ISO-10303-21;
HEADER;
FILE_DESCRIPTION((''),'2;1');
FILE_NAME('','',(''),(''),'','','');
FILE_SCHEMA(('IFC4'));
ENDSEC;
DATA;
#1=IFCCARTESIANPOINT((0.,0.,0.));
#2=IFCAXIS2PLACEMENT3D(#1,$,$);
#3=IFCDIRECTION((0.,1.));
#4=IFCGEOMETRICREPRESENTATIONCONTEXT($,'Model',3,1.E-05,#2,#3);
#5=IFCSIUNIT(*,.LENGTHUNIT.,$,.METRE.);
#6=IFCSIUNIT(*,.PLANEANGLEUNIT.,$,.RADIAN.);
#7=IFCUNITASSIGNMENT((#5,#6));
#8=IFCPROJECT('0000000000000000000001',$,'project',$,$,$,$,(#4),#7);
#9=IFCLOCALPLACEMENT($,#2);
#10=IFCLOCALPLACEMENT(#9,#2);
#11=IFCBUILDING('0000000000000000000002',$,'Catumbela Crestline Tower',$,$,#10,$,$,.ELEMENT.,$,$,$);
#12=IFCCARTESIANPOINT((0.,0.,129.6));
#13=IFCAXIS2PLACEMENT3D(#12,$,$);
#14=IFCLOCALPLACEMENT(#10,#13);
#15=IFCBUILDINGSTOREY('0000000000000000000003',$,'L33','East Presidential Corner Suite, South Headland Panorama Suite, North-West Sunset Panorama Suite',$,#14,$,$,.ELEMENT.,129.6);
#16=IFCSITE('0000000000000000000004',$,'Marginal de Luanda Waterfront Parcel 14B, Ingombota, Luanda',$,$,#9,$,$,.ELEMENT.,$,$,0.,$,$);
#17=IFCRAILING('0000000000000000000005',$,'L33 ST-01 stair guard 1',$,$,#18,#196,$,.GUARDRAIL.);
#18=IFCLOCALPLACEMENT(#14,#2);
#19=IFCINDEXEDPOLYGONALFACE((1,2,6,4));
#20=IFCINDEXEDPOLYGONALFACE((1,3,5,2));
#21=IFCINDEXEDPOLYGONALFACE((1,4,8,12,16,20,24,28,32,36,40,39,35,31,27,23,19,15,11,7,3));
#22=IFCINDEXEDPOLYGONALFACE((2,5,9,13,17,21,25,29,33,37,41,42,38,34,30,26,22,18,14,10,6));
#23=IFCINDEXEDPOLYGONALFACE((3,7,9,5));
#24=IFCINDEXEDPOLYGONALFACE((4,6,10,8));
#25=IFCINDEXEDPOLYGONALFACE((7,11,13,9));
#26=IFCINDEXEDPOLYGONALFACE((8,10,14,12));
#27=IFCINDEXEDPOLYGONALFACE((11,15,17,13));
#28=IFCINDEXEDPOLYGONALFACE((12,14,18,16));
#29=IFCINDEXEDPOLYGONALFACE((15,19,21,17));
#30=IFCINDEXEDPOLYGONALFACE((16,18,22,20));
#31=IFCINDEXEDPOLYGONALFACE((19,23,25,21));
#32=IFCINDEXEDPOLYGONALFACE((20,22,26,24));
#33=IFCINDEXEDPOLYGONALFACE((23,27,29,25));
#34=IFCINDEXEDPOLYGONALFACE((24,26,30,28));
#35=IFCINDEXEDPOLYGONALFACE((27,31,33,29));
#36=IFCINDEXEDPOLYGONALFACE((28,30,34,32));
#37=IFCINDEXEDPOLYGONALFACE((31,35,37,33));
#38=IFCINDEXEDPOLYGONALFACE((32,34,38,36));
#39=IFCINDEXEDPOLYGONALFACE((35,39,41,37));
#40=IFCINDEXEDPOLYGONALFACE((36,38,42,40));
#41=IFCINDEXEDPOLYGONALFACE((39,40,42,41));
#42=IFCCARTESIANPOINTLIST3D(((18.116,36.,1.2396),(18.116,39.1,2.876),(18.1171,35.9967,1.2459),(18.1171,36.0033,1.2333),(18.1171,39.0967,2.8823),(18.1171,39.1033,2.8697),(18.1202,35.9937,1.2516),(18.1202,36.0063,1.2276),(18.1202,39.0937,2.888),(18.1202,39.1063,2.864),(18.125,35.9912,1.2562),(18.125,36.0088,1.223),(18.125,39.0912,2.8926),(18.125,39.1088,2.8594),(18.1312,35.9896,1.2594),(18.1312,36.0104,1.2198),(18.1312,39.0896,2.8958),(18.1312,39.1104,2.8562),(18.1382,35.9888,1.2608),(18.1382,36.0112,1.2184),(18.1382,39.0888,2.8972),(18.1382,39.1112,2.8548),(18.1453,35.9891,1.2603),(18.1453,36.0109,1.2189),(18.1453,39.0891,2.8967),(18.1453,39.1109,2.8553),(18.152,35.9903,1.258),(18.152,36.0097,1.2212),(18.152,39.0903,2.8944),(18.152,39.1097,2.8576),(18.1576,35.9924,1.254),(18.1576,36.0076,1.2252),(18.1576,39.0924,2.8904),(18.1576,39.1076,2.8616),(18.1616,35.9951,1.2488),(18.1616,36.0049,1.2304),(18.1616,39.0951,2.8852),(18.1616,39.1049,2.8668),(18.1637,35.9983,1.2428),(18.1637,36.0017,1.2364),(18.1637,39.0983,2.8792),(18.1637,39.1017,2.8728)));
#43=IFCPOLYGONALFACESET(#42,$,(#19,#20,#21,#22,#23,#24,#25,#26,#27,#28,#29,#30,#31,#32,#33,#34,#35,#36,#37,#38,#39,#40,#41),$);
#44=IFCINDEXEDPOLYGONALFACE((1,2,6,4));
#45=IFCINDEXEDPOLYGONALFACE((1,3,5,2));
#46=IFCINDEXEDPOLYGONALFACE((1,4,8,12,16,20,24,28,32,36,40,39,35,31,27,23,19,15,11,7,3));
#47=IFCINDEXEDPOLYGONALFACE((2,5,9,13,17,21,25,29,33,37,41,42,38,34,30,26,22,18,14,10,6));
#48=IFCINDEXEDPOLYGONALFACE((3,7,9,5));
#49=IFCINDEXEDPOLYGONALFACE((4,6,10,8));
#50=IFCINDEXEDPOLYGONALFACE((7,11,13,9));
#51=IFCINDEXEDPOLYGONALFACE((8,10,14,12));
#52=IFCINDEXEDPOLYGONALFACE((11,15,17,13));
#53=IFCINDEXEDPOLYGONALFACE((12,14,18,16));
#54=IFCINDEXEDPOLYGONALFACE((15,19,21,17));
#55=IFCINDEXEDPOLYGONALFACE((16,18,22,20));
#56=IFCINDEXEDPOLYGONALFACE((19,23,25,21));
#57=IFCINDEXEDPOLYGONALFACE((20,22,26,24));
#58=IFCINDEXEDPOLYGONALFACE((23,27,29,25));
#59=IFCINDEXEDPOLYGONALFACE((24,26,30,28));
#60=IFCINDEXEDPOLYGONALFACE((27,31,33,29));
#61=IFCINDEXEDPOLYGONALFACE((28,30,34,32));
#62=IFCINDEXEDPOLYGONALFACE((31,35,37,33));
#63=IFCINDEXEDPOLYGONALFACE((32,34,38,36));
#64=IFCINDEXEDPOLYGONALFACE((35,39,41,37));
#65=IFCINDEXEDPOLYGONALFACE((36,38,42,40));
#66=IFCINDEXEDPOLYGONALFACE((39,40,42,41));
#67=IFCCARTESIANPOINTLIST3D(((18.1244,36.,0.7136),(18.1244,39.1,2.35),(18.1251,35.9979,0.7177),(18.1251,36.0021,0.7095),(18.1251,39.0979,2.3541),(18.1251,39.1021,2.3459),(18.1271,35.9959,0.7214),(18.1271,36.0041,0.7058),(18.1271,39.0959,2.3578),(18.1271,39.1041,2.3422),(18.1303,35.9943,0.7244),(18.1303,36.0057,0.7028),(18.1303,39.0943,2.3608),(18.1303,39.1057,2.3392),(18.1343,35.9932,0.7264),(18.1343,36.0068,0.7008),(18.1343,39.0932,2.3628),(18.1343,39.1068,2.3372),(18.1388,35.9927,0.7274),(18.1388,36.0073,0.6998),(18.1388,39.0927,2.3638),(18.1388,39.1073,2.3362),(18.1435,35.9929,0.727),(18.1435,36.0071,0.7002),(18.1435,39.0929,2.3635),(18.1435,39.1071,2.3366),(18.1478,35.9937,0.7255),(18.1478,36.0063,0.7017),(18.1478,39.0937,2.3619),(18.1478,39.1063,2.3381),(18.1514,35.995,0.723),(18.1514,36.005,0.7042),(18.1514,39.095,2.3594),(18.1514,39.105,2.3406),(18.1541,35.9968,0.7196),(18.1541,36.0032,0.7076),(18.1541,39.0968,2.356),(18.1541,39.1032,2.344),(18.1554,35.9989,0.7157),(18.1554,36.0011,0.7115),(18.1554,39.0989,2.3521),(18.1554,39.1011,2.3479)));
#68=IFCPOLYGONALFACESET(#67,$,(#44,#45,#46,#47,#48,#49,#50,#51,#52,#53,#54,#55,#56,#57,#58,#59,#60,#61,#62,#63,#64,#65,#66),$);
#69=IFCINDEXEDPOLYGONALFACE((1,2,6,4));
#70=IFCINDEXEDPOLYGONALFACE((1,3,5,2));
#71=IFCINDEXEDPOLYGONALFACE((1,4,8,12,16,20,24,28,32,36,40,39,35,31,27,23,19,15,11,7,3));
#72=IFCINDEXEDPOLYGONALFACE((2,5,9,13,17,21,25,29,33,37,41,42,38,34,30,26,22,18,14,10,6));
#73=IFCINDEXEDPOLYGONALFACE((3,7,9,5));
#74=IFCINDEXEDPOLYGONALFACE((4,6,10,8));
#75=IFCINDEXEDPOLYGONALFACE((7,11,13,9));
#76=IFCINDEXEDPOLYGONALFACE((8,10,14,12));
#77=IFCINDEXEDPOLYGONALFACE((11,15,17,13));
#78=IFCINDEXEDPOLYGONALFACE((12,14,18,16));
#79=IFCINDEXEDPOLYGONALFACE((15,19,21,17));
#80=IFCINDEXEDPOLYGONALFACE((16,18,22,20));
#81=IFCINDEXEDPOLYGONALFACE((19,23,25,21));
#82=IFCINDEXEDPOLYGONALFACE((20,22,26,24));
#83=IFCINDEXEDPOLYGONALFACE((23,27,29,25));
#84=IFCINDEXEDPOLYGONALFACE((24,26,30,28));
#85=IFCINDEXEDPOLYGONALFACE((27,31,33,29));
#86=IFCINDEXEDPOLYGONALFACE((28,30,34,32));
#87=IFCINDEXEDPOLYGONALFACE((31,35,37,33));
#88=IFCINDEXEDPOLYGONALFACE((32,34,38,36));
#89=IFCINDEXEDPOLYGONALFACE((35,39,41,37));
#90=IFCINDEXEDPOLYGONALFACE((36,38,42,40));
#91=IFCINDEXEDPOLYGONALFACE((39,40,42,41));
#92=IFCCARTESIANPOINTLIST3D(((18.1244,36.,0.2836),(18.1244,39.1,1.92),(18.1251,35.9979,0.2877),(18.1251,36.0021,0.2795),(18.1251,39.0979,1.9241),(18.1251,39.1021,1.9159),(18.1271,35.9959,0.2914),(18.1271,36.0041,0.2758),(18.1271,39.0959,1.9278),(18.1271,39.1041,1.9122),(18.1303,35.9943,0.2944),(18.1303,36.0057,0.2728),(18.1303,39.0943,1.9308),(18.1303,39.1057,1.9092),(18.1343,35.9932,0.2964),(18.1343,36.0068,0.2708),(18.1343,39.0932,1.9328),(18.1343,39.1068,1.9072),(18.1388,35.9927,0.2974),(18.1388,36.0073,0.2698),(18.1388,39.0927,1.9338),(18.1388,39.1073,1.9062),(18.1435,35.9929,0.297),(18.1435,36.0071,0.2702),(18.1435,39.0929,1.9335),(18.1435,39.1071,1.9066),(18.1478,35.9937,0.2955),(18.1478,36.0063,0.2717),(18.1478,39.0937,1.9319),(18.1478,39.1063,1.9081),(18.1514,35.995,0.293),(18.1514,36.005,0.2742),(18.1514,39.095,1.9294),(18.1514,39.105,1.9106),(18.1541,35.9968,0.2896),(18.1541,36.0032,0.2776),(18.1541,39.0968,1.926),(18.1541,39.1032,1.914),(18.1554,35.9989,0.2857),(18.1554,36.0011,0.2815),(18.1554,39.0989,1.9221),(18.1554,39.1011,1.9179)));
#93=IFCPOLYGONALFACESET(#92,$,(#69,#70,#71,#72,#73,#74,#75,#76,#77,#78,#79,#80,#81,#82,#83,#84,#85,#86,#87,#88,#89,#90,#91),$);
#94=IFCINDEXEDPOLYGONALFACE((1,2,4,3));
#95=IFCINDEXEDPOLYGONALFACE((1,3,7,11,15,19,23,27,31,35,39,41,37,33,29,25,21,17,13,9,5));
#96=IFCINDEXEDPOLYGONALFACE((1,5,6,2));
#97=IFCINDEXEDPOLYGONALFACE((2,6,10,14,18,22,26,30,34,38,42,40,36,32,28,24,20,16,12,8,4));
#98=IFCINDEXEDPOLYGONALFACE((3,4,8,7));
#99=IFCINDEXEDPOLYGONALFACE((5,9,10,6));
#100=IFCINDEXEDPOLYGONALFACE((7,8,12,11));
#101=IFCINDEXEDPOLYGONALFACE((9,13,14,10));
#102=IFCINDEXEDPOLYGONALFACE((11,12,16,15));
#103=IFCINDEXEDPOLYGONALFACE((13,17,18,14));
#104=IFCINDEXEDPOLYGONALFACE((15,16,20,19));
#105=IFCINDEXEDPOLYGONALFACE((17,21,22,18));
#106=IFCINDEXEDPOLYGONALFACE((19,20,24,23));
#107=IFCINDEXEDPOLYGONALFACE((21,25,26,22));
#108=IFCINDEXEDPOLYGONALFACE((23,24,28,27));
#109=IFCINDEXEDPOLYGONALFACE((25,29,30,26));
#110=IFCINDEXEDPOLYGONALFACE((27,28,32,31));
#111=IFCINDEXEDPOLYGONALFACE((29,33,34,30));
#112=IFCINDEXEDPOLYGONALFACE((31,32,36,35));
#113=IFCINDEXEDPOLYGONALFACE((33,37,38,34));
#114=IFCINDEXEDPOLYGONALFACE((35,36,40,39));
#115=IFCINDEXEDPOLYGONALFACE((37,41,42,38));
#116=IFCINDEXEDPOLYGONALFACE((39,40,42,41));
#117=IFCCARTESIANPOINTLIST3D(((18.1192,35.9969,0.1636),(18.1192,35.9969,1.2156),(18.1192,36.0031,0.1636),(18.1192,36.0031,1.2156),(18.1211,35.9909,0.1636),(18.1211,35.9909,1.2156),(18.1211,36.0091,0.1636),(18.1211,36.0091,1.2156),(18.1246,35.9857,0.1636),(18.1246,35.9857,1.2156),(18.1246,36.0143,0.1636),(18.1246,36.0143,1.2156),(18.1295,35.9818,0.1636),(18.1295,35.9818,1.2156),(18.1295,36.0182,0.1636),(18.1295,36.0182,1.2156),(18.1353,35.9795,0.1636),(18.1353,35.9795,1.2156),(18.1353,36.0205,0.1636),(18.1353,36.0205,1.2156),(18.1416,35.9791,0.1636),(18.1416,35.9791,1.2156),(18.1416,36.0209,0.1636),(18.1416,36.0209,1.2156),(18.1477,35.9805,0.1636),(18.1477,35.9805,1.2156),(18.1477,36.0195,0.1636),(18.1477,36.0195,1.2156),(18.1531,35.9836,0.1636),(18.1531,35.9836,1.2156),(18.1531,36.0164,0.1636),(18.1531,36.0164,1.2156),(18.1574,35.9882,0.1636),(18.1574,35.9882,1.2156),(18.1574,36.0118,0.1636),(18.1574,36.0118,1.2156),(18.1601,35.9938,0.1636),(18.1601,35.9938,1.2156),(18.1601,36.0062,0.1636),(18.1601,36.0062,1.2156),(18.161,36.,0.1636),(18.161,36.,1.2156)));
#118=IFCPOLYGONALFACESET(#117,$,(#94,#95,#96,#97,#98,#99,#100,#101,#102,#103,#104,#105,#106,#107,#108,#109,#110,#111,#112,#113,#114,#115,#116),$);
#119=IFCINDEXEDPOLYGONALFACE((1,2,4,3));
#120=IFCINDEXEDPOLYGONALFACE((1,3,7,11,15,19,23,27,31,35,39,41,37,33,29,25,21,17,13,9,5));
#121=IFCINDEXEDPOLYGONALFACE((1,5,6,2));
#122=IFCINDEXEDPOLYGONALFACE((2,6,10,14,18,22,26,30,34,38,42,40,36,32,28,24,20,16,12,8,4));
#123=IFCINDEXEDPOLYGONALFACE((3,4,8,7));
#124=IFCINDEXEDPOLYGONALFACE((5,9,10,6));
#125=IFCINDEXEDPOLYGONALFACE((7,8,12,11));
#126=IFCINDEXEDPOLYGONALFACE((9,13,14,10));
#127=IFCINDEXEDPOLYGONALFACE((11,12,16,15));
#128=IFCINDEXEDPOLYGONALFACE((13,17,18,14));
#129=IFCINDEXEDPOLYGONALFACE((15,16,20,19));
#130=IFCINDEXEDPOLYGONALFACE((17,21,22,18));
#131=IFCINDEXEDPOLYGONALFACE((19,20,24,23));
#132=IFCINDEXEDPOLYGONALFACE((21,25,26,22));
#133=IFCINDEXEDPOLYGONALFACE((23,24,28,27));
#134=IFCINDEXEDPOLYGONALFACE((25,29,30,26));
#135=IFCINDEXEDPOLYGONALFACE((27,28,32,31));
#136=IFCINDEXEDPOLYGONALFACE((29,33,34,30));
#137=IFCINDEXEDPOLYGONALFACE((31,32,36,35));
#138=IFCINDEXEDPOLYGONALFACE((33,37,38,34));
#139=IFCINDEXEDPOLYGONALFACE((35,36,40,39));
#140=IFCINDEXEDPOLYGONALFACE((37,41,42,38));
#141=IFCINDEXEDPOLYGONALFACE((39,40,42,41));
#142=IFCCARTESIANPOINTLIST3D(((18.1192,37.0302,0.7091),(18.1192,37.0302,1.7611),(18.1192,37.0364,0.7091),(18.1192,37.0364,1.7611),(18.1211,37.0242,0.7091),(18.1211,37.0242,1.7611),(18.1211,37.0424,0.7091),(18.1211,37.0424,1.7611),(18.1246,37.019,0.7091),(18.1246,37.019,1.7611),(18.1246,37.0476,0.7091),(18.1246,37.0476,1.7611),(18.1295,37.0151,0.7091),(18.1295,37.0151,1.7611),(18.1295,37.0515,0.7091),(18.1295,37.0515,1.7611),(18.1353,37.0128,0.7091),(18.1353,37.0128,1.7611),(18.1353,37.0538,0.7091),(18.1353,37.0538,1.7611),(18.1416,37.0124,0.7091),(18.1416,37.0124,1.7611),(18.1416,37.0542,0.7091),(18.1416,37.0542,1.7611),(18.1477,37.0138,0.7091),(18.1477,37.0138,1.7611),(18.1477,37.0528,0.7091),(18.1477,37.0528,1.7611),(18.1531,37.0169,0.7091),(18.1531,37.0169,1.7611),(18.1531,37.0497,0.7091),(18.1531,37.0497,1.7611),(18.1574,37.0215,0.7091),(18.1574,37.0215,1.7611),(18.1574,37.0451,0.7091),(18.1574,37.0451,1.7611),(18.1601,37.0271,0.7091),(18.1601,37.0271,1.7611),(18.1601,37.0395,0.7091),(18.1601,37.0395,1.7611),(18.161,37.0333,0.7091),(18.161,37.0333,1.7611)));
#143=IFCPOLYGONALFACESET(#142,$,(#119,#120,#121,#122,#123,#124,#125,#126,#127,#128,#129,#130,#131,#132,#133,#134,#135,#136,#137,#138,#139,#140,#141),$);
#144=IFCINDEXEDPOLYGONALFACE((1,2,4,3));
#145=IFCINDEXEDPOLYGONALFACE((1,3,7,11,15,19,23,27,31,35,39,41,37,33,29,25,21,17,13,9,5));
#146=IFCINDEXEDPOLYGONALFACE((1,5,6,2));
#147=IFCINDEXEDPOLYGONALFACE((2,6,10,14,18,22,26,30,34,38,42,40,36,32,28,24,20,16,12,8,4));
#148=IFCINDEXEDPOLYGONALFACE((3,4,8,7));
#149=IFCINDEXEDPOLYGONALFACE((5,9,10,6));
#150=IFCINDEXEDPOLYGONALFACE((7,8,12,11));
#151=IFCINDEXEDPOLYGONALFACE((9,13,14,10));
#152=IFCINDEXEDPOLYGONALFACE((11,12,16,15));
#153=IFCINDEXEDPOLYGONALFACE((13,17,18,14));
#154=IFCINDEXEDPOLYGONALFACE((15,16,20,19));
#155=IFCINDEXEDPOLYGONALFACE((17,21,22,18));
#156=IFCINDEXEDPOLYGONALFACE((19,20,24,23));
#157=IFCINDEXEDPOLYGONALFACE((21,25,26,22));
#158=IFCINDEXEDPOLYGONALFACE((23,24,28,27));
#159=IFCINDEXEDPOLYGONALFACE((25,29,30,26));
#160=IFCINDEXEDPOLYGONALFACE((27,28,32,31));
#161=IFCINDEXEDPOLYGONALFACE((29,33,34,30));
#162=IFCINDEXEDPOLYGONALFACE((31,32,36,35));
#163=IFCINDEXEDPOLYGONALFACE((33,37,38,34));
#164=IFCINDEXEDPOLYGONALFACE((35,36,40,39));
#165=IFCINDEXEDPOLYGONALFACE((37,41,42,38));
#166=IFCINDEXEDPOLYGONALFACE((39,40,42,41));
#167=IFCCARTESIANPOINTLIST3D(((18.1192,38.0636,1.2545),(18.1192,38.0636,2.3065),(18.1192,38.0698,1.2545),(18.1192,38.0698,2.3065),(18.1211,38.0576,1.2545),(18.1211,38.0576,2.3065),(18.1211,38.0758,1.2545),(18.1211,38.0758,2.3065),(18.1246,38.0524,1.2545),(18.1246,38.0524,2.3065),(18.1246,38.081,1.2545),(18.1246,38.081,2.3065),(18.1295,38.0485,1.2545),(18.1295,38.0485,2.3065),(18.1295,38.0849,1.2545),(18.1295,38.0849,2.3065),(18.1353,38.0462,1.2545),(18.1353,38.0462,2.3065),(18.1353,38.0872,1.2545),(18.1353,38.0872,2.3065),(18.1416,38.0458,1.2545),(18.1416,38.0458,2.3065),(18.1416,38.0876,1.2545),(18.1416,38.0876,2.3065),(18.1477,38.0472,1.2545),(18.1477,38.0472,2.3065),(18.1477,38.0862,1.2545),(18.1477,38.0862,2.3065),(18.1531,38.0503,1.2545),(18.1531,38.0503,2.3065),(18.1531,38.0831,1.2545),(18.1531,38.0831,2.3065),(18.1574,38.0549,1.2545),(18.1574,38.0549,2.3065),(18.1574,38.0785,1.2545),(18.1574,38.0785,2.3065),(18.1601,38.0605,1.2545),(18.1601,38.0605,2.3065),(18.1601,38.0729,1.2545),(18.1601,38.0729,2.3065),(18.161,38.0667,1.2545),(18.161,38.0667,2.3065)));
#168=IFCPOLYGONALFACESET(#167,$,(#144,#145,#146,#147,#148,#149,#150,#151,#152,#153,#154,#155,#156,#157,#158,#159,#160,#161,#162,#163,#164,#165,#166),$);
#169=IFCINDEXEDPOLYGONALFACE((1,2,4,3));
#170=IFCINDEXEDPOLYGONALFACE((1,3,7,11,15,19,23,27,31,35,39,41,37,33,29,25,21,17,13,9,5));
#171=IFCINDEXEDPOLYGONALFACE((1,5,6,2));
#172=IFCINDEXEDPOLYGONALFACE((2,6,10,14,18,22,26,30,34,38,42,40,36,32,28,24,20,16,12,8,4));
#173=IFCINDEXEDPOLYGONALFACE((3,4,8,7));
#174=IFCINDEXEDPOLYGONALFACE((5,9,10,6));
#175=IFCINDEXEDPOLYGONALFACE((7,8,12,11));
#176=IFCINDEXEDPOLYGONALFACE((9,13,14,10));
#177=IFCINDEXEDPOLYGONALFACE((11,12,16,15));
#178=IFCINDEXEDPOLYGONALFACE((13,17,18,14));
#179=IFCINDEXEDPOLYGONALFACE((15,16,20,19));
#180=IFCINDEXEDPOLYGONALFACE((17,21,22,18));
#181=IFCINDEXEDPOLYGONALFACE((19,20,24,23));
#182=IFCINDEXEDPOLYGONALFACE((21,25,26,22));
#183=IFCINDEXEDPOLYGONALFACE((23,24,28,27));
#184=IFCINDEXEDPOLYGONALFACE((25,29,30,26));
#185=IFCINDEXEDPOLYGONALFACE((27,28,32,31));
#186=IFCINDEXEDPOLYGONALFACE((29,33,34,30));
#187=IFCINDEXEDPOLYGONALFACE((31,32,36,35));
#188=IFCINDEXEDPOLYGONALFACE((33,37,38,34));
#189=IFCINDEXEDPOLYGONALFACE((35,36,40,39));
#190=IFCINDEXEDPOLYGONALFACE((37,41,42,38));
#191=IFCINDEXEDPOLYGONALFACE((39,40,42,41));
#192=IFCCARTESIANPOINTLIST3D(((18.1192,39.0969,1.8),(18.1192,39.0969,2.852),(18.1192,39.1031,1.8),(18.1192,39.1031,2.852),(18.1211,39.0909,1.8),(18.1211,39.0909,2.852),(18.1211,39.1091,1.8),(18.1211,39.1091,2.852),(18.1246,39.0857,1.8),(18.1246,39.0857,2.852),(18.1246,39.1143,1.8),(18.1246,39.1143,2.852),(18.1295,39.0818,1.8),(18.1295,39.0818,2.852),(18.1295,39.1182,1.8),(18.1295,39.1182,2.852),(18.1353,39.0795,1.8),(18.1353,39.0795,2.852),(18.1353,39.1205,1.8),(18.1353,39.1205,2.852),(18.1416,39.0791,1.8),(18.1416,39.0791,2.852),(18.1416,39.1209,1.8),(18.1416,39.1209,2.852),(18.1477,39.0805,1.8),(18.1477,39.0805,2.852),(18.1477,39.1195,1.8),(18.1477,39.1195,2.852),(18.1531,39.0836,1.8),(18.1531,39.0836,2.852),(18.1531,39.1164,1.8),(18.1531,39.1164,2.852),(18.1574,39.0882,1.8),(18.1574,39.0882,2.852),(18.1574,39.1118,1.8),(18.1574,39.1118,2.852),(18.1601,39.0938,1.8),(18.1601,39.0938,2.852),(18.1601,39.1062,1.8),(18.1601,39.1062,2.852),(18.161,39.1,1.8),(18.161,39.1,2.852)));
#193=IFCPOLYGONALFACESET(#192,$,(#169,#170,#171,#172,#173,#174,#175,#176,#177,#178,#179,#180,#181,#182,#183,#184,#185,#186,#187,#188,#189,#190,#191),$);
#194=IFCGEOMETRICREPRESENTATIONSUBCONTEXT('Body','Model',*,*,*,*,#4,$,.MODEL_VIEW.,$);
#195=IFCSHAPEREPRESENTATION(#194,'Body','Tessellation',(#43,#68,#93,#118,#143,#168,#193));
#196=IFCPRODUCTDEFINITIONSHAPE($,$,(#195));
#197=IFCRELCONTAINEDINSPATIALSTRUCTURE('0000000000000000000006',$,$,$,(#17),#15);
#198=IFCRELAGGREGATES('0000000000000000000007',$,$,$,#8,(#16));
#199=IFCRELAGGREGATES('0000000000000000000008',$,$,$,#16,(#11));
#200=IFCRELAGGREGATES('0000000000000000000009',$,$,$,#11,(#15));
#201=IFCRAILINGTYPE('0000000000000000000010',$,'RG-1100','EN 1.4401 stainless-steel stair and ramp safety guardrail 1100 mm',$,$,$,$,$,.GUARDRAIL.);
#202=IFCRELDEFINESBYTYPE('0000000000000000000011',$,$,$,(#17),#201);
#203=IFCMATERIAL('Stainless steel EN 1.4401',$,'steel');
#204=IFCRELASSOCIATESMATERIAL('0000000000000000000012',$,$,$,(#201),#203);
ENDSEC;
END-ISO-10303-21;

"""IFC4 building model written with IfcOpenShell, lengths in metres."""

from ifc_helpers import new_model, si_unit, direction, frame, origin, origin_2d, place, context, subcontext, project, spatial, circle, extrude, material, type_object, element, save


model = new_model("IFC4")

# Units and contexts
model_context = context("Model", 3, precision=1e-05, world=origin(), true_north=direction((0.0, 1.0)))
body_context = subcontext(model_context, "Body", "Model", "MODEL_VIEW")
ifc_project = project(units=[si_unit("LENGTHUNIT", "METRE"), si_unit("PLANEANGLEUNIT", "RADIAN")], contexts=[model_context])

# Site, building, storey
site_placement = place(None, origin())
site = spatial("IfcSite", under=ifc_project, at=site_placement, Name="Marginal de Luanda Waterfront Parcel 14B, Ingombota, Luanda", CompositionType="ELEMENT", RefElevation=0.0)
building_placement = place(site_placement, origin())
building = spatial("IfcBuilding", under=site, at=building_placement, Name="Catumbela Crestline Tower", CompositionType="ELEMENT")
storey_placement = place(building_placement, frame((0.0, 0.0, 129.6)))
storey = spatial("IfcBuildingStorey", under=building, at=storey_placement, Name="L33", Description="East Presidential Corner Suite, South Headland Panorama Suite, North-West Sunset Panorama Suite", CompositionType="ELEMENT", Elevation=129.6)

# Shared definitions
ifc_material_1 = material(Name="Stainless steel EN 1.4401", Category="steel")

# Railing
railing_type_1 = type_object("IfcRailingType", Name="RG-1100", Description="EN 1.4401 stainless-steel stair and ramp safety guardrail 1100 mm", PredefinedType="GUARDRAIL", material=ifc_material_1)
railing_1_placement = place(storey_placement, frame((18.14, 36.0, 0.1636)))
element("IfcRailing", 1, at=railing_1_placement, inside=storey, type_object=railing_type_1, Name="L33 ST-01 stair guard 1", PredefinedType="GUARDRAIL", context=body_context, shape_type="SweptSolid", body=[
    extrude(circle(Radius=0.024, at=origin_2d()), frame((0.0, 0.0, 1.076), z_axis=(0.0, 0.884351, 0.466823), x_axis=(-1.0, 0.0, 0.0)), (0.0, 0.0, 1.0), 3.5054),
    extrude(circle(Radius=0.0156, at=origin_2d()), frame((0.0, 0.0, 0.55), z_axis=(0.0, 0.884351, 0.466823), x_axis=(-1.0, 0.0, 0.0)), (0.0, 0.0, 1.0), 3.5054),
    extrude(circle(Radius=0.0156, at=origin_2d()), frame((0.0, 0.0, 0.12), z_axis=(0.0, 0.884351, 0.466823), x_axis=(-1.0, 0.0, 0.0)), (0.0, 0.0, 1.0), 3.5054),
    extrude(circle(Radius=0.021, at=origin_2d()), origin(), (0.0, 0.0, 1.0), 1.052),
    extrude(circle(Radius=0.021, at=origin_2d()), frame((0.0, 1.0333, 0.5455)), (0.0, 0.0, 1.0), 1.052),
    extrude(circle(Radius=0.021, at=origin_2d()), frame((0.0, 2.0667, 1.0909)), (0.0, 0.0, 1.0), 1.052),
    extrude(circle(Radius=0.021, at=origin_2d()), frame((0.0, 3.1, 1.6364)), (0.0, 0.0, 1.0), 1.052),
])

save(model, "model.ifc")
